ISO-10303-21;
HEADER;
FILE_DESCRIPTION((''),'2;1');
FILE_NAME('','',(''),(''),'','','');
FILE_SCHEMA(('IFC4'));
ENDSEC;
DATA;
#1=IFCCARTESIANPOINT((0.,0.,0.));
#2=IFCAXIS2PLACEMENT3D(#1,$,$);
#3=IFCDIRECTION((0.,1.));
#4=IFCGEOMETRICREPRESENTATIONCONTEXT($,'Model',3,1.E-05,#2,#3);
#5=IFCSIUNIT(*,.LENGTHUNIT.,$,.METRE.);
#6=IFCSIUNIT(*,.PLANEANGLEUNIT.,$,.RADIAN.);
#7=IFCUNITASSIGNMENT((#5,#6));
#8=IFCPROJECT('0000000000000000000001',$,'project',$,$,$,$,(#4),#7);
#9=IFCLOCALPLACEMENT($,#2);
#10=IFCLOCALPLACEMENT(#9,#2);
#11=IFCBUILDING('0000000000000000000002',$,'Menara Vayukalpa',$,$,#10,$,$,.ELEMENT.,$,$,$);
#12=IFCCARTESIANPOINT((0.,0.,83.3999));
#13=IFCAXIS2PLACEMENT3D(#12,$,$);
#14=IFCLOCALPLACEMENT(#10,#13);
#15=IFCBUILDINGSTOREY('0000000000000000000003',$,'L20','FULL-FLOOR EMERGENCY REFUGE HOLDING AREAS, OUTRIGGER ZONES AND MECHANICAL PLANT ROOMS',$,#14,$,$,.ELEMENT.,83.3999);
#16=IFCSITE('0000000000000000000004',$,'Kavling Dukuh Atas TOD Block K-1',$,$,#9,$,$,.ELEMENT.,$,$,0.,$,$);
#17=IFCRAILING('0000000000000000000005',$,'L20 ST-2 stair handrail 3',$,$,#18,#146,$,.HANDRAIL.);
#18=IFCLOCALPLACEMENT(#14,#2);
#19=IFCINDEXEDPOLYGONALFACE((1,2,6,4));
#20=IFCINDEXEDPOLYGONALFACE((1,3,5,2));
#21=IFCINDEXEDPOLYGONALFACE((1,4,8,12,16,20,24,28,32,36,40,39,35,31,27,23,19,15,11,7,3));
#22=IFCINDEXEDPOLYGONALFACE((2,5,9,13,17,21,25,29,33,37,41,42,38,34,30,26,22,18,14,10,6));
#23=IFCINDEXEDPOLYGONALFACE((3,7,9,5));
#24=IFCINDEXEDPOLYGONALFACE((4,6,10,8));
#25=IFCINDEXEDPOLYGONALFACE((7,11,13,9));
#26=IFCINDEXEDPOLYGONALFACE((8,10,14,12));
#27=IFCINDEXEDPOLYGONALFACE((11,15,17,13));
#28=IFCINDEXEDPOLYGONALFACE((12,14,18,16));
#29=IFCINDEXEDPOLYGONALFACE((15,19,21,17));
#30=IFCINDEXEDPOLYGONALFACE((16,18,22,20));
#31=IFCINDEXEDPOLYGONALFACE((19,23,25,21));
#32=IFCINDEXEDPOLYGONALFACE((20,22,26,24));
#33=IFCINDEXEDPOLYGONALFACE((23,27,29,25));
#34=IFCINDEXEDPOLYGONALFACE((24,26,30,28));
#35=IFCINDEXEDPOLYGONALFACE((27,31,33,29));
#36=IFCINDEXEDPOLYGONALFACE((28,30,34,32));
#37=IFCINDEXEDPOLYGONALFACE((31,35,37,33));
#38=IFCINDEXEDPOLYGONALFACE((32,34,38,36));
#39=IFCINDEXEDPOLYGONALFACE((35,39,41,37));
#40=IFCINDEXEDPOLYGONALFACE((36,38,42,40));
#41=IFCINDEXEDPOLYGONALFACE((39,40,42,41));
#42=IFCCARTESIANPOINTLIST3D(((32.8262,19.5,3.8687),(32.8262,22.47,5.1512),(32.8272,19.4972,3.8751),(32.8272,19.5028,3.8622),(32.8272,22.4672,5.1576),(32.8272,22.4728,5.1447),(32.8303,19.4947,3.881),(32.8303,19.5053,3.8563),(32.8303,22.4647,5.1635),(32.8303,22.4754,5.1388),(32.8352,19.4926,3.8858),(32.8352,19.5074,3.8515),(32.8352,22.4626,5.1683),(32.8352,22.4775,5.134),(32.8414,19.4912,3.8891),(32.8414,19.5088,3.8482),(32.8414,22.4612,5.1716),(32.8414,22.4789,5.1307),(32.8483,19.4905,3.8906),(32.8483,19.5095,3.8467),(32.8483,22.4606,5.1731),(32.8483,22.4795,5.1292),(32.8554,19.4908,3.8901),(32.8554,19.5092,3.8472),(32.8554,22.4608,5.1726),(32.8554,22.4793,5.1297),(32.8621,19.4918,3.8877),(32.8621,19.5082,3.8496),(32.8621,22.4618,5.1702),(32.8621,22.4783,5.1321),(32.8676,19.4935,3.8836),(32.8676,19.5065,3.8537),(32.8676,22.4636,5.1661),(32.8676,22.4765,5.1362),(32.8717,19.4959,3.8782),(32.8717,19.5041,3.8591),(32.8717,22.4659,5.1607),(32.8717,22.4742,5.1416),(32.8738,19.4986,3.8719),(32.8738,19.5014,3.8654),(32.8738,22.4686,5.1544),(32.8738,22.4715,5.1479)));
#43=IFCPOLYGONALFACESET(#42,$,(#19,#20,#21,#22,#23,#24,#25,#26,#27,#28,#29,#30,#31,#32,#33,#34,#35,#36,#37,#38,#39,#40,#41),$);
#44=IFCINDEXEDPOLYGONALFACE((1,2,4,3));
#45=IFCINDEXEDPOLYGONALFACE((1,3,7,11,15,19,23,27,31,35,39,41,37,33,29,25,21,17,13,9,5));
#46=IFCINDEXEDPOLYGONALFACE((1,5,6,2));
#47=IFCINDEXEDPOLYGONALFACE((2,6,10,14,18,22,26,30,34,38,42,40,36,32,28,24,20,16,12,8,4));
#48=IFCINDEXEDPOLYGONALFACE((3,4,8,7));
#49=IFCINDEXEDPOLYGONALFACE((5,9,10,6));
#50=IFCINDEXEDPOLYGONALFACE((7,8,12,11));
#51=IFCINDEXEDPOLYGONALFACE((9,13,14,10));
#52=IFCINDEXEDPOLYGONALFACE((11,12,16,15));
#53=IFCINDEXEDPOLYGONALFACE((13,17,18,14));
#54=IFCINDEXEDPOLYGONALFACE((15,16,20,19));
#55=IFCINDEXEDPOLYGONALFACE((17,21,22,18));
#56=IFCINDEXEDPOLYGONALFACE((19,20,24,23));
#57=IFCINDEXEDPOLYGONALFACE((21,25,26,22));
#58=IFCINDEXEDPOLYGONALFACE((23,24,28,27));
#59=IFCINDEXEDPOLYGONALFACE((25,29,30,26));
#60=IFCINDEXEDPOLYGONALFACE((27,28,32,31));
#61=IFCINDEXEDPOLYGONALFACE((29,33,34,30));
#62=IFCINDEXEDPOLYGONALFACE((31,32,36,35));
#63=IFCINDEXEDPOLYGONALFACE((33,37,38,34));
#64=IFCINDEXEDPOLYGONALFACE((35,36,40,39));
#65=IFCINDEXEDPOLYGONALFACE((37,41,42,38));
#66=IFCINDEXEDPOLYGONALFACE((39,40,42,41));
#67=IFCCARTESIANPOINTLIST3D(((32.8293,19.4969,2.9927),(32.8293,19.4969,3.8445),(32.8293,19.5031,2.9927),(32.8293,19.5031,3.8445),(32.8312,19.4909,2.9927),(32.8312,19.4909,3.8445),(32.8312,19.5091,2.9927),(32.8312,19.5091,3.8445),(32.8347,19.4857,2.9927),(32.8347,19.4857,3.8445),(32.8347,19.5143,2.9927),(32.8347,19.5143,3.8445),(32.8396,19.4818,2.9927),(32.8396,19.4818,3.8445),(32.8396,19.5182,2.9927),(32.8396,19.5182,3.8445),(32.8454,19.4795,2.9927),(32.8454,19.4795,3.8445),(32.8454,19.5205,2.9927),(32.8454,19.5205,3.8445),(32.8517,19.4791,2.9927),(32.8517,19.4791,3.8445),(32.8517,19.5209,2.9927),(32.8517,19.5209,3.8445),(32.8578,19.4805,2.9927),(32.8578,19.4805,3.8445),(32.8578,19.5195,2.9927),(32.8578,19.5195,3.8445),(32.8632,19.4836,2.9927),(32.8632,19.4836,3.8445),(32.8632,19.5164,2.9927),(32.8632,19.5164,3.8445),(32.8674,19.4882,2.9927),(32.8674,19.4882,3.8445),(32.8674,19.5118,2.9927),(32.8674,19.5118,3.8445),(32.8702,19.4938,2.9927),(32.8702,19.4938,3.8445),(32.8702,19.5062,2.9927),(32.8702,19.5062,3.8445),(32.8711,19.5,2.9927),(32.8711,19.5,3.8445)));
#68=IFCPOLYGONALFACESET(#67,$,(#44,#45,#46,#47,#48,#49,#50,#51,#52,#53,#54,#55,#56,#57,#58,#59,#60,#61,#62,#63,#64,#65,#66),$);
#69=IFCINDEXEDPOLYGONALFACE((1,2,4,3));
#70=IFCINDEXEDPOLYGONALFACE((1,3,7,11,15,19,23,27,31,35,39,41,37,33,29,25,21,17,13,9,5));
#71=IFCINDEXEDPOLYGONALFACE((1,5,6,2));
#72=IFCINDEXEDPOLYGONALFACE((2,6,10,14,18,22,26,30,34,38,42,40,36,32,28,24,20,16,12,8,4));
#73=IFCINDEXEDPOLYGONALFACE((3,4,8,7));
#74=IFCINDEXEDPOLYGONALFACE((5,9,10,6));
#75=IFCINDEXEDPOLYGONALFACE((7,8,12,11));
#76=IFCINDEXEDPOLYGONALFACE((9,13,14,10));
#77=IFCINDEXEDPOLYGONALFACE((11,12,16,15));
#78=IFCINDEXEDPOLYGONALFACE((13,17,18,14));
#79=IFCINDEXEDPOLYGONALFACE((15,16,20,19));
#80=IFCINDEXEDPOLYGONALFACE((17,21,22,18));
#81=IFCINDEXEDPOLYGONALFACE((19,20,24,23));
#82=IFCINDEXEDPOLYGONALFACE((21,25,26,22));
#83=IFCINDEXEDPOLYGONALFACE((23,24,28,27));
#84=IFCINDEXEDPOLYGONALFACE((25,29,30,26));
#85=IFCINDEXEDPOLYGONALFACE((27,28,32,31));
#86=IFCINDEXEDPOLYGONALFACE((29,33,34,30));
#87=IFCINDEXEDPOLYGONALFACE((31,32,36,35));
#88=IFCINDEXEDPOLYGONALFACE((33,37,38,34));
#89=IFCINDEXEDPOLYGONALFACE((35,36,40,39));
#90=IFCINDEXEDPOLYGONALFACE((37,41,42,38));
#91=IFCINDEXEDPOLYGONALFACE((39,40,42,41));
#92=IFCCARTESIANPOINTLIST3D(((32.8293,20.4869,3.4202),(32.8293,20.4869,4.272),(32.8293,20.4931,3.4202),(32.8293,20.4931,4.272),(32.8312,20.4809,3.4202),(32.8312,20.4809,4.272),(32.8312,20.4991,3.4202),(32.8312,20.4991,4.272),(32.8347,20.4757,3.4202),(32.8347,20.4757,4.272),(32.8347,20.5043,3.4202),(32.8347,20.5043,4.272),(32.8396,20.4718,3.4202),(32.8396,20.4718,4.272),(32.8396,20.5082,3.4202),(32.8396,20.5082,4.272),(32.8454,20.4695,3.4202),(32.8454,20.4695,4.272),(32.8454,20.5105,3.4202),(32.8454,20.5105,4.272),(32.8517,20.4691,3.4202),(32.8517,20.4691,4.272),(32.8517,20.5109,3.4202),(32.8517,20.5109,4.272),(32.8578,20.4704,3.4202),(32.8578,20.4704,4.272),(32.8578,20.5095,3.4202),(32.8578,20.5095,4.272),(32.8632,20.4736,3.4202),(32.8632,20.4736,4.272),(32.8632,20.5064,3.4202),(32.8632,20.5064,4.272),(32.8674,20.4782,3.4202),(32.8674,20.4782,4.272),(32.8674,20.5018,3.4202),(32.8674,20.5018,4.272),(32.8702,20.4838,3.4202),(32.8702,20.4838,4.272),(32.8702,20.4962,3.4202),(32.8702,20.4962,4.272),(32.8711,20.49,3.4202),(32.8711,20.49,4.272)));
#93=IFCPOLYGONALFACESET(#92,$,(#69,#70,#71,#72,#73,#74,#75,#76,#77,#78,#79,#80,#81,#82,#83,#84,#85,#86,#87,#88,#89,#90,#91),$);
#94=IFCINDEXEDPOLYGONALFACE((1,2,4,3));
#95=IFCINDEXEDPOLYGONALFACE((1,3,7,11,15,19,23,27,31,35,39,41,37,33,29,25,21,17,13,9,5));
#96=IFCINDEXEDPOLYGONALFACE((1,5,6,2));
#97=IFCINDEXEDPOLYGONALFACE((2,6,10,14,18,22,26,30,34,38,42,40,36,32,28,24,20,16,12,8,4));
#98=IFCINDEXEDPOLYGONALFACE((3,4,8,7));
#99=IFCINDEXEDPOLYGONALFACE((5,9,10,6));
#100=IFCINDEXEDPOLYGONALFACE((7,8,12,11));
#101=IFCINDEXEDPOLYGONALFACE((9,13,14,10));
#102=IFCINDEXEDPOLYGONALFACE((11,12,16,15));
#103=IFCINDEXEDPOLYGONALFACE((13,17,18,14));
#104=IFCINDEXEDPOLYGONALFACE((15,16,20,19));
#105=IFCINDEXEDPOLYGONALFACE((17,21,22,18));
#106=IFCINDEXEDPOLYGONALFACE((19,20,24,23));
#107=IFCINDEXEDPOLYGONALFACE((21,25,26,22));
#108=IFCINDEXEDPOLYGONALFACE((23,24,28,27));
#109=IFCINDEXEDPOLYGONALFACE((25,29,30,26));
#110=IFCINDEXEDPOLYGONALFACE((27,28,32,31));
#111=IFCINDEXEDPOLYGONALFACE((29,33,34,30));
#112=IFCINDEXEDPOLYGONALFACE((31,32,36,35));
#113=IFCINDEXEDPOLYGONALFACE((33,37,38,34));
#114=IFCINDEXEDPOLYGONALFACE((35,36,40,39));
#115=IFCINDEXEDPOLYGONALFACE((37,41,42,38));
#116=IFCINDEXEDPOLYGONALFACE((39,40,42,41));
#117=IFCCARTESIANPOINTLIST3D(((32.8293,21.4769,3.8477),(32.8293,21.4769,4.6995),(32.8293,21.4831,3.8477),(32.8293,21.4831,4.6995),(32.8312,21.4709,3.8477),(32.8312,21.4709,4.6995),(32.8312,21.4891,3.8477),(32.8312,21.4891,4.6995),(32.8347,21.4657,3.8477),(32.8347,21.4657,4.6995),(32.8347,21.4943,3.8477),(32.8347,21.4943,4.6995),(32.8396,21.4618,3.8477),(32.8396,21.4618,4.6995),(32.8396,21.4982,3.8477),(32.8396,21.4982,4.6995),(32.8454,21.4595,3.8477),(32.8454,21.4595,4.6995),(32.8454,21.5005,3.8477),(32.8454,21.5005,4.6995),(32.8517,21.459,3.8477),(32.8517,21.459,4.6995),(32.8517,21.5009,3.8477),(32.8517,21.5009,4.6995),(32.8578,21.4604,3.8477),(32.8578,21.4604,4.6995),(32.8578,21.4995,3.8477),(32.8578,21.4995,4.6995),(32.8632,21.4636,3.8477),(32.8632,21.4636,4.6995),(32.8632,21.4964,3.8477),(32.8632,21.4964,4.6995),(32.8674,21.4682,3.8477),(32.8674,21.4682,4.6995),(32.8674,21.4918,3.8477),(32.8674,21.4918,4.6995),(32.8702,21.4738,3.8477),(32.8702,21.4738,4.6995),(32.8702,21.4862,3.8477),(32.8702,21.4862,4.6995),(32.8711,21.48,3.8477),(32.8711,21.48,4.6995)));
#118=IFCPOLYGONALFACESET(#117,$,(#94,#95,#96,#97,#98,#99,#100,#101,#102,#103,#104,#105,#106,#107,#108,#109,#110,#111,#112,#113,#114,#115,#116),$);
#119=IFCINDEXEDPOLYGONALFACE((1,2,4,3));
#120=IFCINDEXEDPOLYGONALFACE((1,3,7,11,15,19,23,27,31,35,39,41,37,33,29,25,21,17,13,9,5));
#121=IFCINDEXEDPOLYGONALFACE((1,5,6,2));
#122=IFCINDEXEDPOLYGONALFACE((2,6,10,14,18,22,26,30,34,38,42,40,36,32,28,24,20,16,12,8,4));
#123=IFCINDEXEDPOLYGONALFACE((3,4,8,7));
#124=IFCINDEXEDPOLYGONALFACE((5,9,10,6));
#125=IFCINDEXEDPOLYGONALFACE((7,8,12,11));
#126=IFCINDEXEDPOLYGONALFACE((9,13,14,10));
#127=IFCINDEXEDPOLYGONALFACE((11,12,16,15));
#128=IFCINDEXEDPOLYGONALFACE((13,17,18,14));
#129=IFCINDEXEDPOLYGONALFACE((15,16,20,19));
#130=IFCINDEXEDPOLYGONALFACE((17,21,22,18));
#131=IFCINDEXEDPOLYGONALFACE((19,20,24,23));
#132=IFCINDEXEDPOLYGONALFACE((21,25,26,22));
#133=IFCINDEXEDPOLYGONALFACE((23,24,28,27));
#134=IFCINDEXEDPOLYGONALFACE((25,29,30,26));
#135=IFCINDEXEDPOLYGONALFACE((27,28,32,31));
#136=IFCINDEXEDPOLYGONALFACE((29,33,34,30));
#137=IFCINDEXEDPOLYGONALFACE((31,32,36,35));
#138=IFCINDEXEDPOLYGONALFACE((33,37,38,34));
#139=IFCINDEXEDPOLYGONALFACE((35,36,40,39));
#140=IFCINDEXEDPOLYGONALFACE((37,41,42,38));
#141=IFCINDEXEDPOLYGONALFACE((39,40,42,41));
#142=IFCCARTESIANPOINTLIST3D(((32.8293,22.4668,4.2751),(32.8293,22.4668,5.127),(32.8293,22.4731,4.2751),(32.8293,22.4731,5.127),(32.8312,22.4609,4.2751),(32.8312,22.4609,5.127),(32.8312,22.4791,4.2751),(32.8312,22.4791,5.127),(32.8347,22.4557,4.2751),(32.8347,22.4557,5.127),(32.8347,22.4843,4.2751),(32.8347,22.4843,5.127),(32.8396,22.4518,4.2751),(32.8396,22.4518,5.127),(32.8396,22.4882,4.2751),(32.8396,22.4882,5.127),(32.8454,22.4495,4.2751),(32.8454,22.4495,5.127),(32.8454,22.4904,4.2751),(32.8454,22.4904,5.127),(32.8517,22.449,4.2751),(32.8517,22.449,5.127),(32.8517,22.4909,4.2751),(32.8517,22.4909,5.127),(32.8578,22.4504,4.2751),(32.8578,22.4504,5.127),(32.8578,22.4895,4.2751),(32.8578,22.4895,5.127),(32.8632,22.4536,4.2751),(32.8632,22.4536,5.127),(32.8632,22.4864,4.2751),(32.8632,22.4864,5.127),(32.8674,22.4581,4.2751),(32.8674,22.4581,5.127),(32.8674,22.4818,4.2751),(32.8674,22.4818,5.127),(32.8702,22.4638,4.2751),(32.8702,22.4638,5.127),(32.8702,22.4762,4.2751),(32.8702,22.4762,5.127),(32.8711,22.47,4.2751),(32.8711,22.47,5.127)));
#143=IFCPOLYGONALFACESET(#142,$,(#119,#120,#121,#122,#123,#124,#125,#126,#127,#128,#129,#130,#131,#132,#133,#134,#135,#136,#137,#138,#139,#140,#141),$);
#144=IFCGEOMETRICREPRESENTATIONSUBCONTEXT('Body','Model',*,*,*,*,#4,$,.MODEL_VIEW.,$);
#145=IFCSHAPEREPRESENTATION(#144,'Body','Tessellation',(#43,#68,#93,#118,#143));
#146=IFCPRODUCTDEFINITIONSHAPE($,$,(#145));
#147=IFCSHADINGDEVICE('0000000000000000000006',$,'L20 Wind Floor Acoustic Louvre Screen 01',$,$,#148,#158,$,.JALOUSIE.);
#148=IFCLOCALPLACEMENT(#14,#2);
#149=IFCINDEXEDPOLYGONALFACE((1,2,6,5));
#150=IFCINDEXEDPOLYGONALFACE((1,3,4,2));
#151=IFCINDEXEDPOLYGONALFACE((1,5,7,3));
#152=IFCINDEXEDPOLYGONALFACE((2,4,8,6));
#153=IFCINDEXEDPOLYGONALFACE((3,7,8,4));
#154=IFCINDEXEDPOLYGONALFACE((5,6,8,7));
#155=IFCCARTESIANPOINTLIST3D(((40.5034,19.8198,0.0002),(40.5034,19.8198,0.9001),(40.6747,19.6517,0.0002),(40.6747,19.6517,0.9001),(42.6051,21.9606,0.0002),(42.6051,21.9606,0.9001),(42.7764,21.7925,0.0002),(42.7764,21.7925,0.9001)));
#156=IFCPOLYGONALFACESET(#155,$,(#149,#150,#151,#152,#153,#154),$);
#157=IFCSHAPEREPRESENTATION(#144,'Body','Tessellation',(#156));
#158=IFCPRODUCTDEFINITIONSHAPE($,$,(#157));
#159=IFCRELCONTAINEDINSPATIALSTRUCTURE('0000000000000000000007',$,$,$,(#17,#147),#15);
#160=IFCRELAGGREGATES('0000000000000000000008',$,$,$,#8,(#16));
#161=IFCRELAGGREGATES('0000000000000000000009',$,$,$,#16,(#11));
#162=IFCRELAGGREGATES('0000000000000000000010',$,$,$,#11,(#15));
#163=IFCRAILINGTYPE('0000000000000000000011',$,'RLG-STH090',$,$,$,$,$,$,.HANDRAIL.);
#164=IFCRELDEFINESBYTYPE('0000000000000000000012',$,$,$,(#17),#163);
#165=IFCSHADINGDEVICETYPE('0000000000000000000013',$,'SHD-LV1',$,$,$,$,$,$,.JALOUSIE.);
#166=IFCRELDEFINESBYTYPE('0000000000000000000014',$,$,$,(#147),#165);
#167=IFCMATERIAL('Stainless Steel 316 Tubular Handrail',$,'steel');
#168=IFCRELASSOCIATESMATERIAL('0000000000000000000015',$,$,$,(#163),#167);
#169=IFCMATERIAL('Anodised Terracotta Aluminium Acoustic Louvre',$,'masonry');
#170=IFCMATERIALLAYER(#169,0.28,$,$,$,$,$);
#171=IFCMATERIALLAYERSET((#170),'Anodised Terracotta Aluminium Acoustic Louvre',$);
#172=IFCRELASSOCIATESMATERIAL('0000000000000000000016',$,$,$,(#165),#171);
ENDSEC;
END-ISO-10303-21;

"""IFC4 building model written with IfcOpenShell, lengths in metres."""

from ifc_helpers import new_model, si_unit, direction, frame, origin, origin_2d, place, context, subcontext, project, spatial, rectangle, circle, extrude, material, layer, layer_set, type_object, element, save


model = new_model("IFC4")

# Units and contexts
model_context = context("Model", 3, precision=1e-05, world=origin(), true_north=direction((0.0, 1.0)))
body_context = subcontext(model_context, "Body", "Model", "MODEL_VIEW")
ifc_project = project(units=[si_unit("LENGTHUNIT", "METRE"), si_unit("PLANEANGLEUNIT", "RADIAN")], contexts=[model_context])

# Site, building, storey
site_placement = place(None, origin())
site = spatial("IfcSite", under=ifc_project, at=site_placement, Name="Kavling Dukuh Atas TOD Block K-1", CompositionType="ELEMENT", RefElevation=0.0)
building_placement = place(site_placement, origin())
building = spatial("IfcBuilding", under=site, at=building_placement, Name="Menara Vayukalpa", CompositionType="ELEMENT")
storey_placement = place(building_placement, frame((0.0, 0.0, 83.3999)))
storey = spatial("IfcBuildingStorey", under=building, at=storey_placement, Name="L20", Description="FULL-FLOOR EMERGENCY REFUGE HOLDING AREAS, OUTRIGGER ZONES AND MECHANICAL PLANT ROOMS", CompositionType="ELEMENT", Elevation=83.3999)

# Railing
ifc_material_1 = material(Name="Stainless Steel 316 Tubular Handrail", Category="steel")
railing_type_1 = type_object("IfcRailingType", Name="RLG-STH090", PredefinedType="HANDRAIL", material=ifc_material_1)
for number, where, name in (
    (1, (32.8501, 19.5, 2.9927), "L20 ST-2 stair handrail 3"),
):
    element("IfcRailing", number, at=place(storey_placement, frame(where)), inside=storey, type_object=railing_type_1, Name=name, PredefinedType="HANDRAIL", context=body_context, shape_type="SweptSolid", body=[
        extrude(circle(Radius=0.0239, at=origin_2d()), frame((0.0, 0.0, 0.876), z_axis=(0.0, 0.918064, 0.396432), x_axis=(-1.0, 0.0, 0.0)), (0.0, 0.0, 1.0), 3.2351),
        extrude(circle(Radius=0.021, at=origin_2d()), origin(), (0.0, 0.0, 1.0), 0.8518),
        extrude(circle(Radius=0.021, at=origin_2d()), frame((0.0, 0.99, 0.4275)), (0.0, 0.0, 1.0), 0.8518),
        extrude(circle(Radius=0.021, at=origin_2d()), frame((0.0, 1.98, 0.855)), (0.0, 0.0, 1.0), 0.8518),
        extrude(circle(Radius=0.021, at=origin_2d()), frame((0.0, 2.97, 1.2825)), (0.0, 0.0, 1.0), 0.8518),
    ])

# Shading device
ifc_material_2 = material(Name="Anodised Terracotta Aluminium Acoustic Louvre", Category="masonry")
ifc_layer_1 = layer(ifc_material_2, 0.28)
ifc_layer_set_1 = layer_set([ifc_layer_1], Name="Anodised Terracotta Aluminium Acoustic Louvre")
shading_device_type = type_object("IfcShadingDeviceType", Name="SHD-LV1", PredefinedType="JALOUSIE", material=ifc_layer_set_1)
shading_device_placement = place(storey_placement, frame((41.6399, 20.8062, 0.0002), z_axis=(0.0, 0.0, 1.0), x_axis=(0.700573, 0.713581, 0.0)))
element("IfcShadingDevice", 2, at=shading_device_placement, inside=storey, type_object=shading_device_type, Name="L20 Wind Floor Acoustic Louvre Screen 01", PredefinedType="JALOUSIE", context=body_context, shape_type="SweptSolid", body=[
    extrude(rectangle(XDim=3.0, YDim=0.24, at=origin_2d()), origin(), (0.0, 0.0, 1.0), 0.8999),
])

save(model, "model.ifc")
